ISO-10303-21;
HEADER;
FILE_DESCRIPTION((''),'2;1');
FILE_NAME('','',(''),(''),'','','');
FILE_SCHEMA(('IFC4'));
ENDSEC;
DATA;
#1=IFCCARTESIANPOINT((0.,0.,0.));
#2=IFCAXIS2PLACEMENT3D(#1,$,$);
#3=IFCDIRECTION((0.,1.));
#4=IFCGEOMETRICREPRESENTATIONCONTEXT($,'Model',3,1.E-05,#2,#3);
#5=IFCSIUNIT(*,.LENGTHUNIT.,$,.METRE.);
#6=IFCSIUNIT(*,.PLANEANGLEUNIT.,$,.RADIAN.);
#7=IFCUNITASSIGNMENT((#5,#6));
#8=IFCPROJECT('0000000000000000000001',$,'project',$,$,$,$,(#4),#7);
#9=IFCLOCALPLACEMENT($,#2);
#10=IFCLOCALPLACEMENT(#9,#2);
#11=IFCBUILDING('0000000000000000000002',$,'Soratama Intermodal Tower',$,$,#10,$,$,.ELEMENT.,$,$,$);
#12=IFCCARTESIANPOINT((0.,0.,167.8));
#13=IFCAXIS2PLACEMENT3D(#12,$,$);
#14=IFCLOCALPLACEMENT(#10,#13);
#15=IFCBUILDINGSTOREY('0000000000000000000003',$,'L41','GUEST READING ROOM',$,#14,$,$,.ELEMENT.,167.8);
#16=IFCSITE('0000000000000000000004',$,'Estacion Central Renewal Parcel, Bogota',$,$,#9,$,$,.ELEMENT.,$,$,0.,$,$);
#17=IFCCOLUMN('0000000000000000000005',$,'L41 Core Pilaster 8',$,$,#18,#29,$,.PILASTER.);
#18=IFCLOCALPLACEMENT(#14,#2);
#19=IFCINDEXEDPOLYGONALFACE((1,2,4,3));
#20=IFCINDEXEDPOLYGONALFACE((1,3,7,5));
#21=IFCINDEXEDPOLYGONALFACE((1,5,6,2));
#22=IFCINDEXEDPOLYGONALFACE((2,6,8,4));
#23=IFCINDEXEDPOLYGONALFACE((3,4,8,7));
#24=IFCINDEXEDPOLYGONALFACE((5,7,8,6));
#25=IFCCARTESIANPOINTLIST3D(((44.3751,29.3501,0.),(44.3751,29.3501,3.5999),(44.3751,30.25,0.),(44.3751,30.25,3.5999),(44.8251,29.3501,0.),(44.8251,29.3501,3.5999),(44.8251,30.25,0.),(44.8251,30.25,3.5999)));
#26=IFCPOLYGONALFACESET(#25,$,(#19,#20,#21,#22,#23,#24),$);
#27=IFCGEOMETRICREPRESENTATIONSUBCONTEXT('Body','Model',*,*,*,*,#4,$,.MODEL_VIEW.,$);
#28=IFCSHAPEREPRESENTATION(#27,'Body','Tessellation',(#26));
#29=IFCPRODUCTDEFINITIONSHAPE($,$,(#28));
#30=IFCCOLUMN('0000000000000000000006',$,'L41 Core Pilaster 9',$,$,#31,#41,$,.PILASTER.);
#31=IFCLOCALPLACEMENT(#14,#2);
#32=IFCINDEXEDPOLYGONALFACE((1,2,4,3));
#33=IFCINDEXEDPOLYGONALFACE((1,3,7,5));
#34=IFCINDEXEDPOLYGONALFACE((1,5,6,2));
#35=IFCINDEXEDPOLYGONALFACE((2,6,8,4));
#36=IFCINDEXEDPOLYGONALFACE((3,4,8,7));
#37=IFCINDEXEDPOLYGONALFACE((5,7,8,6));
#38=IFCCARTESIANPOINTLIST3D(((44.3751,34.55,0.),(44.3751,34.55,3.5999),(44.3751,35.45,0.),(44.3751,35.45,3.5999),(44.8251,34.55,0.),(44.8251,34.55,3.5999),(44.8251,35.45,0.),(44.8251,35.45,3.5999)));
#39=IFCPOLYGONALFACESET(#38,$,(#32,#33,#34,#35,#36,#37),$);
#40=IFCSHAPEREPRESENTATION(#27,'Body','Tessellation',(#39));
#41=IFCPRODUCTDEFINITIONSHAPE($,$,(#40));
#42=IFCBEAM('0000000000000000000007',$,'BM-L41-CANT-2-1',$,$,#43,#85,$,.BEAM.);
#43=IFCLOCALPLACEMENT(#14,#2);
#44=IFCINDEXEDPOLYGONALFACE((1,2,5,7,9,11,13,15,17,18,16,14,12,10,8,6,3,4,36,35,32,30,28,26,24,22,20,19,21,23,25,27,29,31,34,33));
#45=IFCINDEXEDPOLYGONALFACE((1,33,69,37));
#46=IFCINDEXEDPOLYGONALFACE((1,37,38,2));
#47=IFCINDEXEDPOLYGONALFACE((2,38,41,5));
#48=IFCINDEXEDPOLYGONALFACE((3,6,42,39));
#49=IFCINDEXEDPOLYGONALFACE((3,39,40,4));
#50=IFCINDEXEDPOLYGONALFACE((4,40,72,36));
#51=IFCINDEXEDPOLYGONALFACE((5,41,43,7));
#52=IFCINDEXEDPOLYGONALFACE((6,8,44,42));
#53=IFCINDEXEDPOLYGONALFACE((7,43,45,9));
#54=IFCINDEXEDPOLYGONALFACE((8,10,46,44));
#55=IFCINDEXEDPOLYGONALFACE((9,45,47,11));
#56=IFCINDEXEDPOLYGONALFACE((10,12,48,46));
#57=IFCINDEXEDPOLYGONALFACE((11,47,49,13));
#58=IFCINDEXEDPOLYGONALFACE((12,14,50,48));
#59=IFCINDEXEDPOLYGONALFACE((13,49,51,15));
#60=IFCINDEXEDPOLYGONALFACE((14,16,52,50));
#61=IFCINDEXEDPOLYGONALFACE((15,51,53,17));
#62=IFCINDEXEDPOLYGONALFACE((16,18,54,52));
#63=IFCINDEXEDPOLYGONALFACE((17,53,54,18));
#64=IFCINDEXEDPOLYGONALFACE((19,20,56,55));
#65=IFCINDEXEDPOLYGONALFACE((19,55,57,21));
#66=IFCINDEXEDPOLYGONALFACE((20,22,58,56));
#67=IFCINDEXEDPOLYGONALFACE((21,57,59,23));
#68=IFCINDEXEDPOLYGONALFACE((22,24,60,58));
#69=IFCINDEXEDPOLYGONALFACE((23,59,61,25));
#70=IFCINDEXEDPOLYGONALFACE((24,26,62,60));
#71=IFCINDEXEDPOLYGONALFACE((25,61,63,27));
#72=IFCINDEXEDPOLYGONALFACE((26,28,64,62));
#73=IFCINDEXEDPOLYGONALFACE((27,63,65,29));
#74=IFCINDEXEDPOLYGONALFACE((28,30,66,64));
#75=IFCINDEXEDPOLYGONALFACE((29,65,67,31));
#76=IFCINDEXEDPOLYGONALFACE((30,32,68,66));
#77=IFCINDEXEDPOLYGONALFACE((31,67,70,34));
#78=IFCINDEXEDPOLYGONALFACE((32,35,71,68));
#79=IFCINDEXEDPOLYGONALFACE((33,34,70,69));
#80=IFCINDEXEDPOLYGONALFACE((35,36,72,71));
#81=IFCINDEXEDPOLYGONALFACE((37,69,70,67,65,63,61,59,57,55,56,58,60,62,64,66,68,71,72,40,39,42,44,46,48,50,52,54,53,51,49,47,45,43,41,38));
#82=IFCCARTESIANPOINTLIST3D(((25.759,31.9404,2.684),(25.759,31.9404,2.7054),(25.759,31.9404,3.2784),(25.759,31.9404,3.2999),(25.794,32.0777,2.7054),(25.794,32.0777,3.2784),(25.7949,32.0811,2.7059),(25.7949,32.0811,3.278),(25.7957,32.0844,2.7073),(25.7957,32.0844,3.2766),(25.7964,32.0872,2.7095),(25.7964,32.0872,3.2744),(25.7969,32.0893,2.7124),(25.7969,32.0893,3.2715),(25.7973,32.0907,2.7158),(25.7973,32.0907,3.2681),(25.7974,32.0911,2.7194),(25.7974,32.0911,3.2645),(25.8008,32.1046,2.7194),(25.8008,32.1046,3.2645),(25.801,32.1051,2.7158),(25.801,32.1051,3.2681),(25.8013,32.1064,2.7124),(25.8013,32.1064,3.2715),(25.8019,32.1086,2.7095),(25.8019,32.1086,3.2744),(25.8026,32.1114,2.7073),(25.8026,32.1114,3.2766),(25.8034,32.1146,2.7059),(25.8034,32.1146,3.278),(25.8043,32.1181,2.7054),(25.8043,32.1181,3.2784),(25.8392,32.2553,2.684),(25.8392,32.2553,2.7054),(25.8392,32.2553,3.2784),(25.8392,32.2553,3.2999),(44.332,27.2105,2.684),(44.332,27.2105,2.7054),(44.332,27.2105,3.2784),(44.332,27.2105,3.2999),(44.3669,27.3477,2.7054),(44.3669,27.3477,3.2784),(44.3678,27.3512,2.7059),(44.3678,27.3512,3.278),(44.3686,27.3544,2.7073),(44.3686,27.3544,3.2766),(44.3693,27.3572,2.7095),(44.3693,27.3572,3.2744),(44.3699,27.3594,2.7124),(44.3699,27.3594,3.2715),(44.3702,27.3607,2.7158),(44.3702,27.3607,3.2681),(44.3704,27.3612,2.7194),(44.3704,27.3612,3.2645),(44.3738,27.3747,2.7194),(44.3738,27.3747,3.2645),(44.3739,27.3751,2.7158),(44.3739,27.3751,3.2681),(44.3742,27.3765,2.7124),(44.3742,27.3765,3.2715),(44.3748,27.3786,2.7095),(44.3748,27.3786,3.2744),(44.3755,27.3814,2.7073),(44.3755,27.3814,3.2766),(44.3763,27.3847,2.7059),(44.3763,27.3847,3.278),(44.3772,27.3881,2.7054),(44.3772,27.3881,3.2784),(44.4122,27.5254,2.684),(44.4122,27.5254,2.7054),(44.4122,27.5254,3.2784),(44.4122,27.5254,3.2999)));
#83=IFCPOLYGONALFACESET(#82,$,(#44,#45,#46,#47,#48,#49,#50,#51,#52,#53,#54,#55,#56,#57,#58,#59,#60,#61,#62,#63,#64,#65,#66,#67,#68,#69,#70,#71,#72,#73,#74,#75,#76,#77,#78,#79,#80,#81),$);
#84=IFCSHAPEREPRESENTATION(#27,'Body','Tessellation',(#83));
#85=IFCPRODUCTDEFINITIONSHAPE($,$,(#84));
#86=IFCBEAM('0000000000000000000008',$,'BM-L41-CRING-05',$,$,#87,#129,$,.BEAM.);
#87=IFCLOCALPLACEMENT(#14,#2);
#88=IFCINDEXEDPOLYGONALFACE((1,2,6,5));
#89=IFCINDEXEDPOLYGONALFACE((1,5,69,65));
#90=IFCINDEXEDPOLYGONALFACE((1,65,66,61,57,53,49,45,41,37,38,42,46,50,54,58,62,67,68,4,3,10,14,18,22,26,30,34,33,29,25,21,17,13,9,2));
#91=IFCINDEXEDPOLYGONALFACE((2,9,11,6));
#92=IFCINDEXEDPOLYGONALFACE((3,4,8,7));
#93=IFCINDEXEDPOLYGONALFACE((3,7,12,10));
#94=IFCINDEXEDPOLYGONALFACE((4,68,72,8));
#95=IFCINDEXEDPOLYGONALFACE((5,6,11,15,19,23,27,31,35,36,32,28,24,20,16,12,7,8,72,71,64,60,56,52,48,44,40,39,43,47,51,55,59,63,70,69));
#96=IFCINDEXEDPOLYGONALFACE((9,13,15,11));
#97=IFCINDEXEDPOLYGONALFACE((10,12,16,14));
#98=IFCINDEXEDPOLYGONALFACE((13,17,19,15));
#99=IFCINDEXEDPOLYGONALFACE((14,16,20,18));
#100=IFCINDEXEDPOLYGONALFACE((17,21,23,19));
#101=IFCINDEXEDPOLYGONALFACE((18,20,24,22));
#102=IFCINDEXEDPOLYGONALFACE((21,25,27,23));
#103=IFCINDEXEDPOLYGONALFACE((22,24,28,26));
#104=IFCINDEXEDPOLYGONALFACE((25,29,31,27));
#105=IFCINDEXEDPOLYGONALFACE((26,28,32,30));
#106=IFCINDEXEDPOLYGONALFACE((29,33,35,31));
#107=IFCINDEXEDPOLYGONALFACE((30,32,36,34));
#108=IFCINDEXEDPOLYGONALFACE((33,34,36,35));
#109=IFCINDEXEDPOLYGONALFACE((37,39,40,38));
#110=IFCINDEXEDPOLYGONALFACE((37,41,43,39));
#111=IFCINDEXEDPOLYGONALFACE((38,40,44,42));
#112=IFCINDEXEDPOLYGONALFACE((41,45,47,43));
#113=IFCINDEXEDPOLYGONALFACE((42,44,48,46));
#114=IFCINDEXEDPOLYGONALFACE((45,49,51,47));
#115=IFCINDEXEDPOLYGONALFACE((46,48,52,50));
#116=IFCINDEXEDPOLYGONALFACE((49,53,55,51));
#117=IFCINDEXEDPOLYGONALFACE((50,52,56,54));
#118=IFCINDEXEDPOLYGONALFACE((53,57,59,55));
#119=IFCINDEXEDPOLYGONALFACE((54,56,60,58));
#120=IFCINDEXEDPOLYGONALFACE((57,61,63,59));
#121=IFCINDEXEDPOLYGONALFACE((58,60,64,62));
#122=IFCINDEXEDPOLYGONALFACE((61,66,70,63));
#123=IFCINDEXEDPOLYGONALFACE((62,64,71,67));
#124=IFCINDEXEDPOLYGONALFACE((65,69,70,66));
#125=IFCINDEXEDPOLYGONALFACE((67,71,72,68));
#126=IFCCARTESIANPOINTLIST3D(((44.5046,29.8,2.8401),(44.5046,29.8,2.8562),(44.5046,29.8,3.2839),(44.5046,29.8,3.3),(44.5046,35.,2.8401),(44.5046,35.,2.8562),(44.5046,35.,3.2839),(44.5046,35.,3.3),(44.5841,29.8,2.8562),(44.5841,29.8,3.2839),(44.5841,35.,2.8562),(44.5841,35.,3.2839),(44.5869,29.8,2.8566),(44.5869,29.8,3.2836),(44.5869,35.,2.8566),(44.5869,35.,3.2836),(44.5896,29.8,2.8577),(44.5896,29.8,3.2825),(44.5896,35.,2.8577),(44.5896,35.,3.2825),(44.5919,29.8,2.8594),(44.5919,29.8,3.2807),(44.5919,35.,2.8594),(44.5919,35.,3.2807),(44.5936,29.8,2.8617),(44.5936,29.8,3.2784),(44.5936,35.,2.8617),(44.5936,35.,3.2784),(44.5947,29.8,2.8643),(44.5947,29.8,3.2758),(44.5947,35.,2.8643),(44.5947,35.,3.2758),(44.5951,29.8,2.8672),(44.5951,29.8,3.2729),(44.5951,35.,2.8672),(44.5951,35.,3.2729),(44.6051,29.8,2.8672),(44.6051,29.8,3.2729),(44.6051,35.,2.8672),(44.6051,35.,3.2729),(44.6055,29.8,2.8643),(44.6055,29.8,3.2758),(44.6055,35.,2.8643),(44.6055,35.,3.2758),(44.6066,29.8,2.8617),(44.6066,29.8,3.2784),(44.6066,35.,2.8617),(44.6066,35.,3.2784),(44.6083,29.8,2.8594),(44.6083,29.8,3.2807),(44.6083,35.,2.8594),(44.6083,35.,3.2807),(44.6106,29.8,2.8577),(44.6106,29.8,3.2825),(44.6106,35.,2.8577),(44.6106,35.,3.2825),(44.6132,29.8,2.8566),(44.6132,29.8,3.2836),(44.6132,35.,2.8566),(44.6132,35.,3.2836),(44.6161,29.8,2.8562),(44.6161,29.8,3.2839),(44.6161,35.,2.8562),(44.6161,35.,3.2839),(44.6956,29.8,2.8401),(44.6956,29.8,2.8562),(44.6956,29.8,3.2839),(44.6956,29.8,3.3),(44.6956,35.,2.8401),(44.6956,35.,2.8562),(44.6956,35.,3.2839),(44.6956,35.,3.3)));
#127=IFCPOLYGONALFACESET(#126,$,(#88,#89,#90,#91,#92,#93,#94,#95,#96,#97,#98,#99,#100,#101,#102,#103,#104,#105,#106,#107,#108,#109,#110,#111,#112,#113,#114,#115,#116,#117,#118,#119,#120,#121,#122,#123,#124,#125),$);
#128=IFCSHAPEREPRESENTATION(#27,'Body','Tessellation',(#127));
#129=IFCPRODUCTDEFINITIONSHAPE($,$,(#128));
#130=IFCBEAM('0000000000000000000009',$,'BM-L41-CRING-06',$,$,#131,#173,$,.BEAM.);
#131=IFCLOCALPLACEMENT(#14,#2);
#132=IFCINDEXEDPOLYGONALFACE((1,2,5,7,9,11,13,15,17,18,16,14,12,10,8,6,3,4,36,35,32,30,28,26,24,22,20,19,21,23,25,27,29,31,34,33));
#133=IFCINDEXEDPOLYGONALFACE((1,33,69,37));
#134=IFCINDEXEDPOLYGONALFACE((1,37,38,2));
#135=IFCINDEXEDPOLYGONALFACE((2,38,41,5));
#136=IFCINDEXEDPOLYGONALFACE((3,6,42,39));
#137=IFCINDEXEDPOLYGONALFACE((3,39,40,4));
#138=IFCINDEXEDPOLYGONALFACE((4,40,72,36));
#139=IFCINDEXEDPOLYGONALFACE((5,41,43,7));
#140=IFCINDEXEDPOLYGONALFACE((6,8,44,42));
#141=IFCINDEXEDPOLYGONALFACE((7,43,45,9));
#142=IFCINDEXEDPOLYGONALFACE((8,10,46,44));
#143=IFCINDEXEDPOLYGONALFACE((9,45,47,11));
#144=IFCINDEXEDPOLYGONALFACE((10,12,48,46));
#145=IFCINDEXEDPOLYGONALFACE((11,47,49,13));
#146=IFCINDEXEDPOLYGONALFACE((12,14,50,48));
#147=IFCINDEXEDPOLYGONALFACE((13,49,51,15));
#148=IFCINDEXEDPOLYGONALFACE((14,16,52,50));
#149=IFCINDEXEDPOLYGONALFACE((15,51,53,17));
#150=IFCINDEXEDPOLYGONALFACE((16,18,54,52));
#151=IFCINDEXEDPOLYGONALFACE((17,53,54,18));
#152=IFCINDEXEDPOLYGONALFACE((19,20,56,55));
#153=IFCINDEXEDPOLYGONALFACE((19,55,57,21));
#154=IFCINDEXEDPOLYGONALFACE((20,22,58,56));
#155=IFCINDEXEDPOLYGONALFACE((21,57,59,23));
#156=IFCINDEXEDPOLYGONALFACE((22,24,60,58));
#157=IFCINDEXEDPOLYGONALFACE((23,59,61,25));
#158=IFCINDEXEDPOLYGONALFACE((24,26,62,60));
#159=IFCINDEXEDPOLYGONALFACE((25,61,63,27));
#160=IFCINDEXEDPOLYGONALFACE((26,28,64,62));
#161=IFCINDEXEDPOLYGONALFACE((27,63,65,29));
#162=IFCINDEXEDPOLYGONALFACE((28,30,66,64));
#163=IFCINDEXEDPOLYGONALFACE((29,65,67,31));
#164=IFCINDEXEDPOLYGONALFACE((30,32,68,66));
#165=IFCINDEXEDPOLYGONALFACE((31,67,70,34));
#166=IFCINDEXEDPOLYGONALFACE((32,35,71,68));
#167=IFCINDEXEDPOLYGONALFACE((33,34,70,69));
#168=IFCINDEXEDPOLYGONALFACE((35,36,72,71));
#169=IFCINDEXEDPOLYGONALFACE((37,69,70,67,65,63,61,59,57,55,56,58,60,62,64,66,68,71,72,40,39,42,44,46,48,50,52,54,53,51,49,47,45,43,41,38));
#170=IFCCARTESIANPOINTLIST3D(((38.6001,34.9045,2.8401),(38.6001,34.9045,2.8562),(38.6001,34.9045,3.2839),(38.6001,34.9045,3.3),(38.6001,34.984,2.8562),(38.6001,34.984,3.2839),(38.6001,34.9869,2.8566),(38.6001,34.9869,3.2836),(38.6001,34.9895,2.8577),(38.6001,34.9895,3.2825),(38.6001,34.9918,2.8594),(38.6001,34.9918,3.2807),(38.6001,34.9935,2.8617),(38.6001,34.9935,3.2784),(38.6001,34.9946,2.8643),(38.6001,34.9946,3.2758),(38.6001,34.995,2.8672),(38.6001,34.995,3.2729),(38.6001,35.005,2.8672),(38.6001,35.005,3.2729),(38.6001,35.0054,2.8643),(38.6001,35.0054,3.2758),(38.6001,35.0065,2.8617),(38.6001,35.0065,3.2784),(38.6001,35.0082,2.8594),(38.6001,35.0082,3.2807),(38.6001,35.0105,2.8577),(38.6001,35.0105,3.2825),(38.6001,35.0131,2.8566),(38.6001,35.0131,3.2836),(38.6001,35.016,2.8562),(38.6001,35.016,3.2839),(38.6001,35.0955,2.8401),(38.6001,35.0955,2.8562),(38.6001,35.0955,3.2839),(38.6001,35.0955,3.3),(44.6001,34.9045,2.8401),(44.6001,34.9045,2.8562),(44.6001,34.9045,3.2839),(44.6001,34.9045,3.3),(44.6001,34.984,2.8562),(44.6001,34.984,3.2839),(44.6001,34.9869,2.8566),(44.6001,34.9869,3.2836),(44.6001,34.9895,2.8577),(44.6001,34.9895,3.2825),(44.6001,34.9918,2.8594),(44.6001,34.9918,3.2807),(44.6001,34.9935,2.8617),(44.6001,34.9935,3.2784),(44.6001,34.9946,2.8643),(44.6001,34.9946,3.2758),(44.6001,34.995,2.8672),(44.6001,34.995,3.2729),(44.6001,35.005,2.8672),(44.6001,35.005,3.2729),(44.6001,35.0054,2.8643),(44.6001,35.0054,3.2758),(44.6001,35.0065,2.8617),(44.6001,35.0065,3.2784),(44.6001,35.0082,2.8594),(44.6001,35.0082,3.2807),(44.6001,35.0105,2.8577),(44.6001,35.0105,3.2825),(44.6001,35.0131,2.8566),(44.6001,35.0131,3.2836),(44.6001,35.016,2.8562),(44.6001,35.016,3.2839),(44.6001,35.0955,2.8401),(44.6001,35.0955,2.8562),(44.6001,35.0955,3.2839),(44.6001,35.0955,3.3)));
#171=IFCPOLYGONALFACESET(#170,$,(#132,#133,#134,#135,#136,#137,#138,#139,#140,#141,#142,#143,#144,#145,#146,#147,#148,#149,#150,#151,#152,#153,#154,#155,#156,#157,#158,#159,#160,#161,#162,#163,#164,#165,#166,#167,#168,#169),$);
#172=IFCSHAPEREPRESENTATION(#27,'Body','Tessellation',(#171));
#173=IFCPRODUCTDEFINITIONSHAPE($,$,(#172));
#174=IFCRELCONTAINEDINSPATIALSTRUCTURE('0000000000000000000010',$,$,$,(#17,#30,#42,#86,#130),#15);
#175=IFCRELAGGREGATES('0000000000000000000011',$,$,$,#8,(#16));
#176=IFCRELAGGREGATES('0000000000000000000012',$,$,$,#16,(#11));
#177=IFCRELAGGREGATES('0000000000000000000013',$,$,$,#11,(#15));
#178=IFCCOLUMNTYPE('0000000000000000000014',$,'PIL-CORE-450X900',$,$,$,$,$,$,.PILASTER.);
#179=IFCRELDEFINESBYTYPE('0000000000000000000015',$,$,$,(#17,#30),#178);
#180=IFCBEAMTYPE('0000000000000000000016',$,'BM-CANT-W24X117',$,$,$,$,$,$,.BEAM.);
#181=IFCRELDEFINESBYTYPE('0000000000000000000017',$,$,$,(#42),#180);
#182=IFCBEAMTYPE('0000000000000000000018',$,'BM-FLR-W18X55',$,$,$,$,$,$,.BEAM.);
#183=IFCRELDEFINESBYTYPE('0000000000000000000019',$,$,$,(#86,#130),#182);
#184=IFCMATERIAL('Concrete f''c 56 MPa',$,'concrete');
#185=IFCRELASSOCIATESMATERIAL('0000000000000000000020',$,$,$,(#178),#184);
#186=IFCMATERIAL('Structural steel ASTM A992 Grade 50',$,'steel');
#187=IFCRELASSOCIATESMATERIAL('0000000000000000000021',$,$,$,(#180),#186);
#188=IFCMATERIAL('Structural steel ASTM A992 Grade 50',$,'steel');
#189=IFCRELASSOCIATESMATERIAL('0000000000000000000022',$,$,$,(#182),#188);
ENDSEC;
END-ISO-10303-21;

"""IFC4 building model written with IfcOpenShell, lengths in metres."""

from ifc_helpers import new_model, si_unit, direction, frame, origin, origin_2d, place, context, subcontext, project, spatial, rectangle, i_section, extrude, material, material_profile, profile_set, type_object, element, save


model = new_model("IFC4")

# Units and contexts
model_context = context("Model", 3, precision=1e-05, world=origin(), true_north=direction((0.0, 1.0)))
body_context = subcontext(model_context, "Body", "Model", "MODEL_VIEW")
ifc_project = project(units=[si_unit("LENGTHUNIT", "METRE"), si_unit("PLANEANGLEUNIT", "RADIAN")], contexts=[model_context])

# Site, building, storey
site_placement = place(None, origin())
site = spatial("IfcSite", under=ifc_project, at=site_placement, Name="Estacion Central Renewal Parcel, Bogota", CompositionType="ELEMENT", RefElevation=0.0)
building_placement = place(site_placement, origin())
building = spatial("IfcBuilding", under=site, at=building_placement, Name="Soratama Intermodal Tower", CompositionType="ELEMENT")
storey_placement = place(building_placement, frame((0.0, 0.0, 167.8)))
storey = spatial("IfcBuildingStorey", under=building, at=storey_placement, Name="L41", Description="GUEST READING ROOM", CompositionType="ELEMENT", Elevation=167.8)

# Columns
ifc_material_1 = material(Name="Concrete f'c 56 MPa", Category="concrete")
ifc_material_profile_1 = material_profile(ifc_material_1, rectangle(XDim=0.45, YDim=0.8999, at=origin_2d()), Name="RC450X900")
ifc_profile_set_1 = profile_set([ifc_material_profile_1], Name="Concrete f'c 56 MPa")
column_type = type_object("IfcColumnType", Name="PIL-CORE-450X900", PredefinedType="PILASTER", material=ifc_profile_set_1)
for number, where, z_axis, x_axis, name in (
    (1, (44.6001, 29.8, 0.0), (0.0, 0.0, 1.0), (1.0, 0.0, 0.0), "L41 Core Pilaster 8"),
    (2, (44.6001, 35.0, 0.0), (0.0, 0.0, 1.0), (1.0, 0.0, 0.0), "L41 Core Pilaster 9"),
):
    element("IfcColumn", number, at=place(storey_placement, frame(where, z_axis=z_axis, x_axis=x_axis)), inside=storey, type_object=column_type, Name=name, PredefinedType="PILASTER", context=body_context, shape_type="SweptSolid", body=[
        extrude(rectangle(XDim=0.45, YDim=0.8999, at=origin_2d()), origin(), (0.0, 0.0, 1.0), 3.5999),
    ])

# Beams
ifc_material_2 = material(Name="Structural steel ASTM A992 Grade 50", Category="steel")
ifc_material_profile_2 = material_profile(ifc_material_2, i_section(OverallWidth=0.325, OverallDepth=0.616, WebThickness=0.0139, FlangeThickness=0.0215, FilletRadius=0.0139, at=origin_2d()), Name="W24X117")
ifc_profile_set_2 = profile_set([ifc_material_profile_2], Name="Structural steel ASTM A992 Grade 50")
beam_type_1 = type_object("IfcBeamType", Name="BM-CANT-W24X117", PredefinedType="BEAM", material=ifc_profile_set_2)
beam_1_placement = place(storey_placement, frame((44.3721, 27.3679, 2.9919), z_axis=(-0.969068, 0.246792, 0.0), x_axis=(-0.246792, -0.969068, 0.0)))
element("IfcBeam", 3, at=beam_1_placement, inside=storey, type_object=beam_type_1, Name="BM-L41-CANT-2-1", PredefinedType="BEAM", context=body_context, shape_type="SweptSolid", body=[
    extrude(i_section(OverallWidth=0.325, OverallDepth=0.616, WebThickness=0.0139, FlangeThickness=0.0215, FilletRadius=0.0139, at=origin_2d()), origin(), (0.0, 0.0, 1.0), 19.1658),
])
ifc_material_3 = material(Name="Structural steel ASTM A992 Grade 50", Category="steel")
ifc_material_profile_3 = material_profile(ifc_material_3, i_section(OverallWidth=0.1909, OverallDepth=0.46, WebThickness=0.01, FlangeThickness=0.0161, FilletRadius=0.011, at=origin_2d()), Name="W18X55")
ifc_profile_set_3 = profile_set([ifc_material_profile_3], Name="Structural steel ASTM A992 Grade 50")
beam_type_2 = type_object("IfcBeamType", Name="BM-FLR-W18X55", PredefinedType="BEAM", material=ifc_profile_set_3)
beam_2_placement = place(storey_placement, frame((44.6001, 29.8, 3.0701), z_axis=(0.0, 1.0, 0.0), x_axis=(-1.0, 0.0, 0.0)))
element("IfcBeam", 4, at=beam_2_placement, inside=storey, type_object=beam_type_2, Name="BM-L41-CRING-05", PredefinedType="BEAM", context=body_context, shape_type="SweptSolid", body=[
    extrude(i_section(OverallWidth=0.1909, OverallDepth=0.46, WebThickness=0.01, FlangeThickness=0.0161, FilletRadius=0.011, at=origin_2d()), origin(), (0.0, 0.0, 1.0), 5.2),
])
beam_3_placement = place(storey_placement, frame((44.6001, 35.0, 3.0701), z_axis=(-1.0, 0.0, 0.0), x_axis=(0.0, -1.0, 0.0)))
element("IfcBeam", 5, at=beam_3_placement, inside=storey, type_object=beam_type_2, Name="BM-L41-CRING-06", PredefinedType="BEAM", context=body_context, shape_type="SweptSolid", body=[
    extrude(i_section(OverallWidth=0.1909, OverallDepth=0.46, WebThickness=0.01, FlangeThickness=0.0161, FilletRadius=0.011, at=origin_2d()), origin(), (0.0, 0.0, 1.0), 6.0),
])

save(model, "model.ifc")
